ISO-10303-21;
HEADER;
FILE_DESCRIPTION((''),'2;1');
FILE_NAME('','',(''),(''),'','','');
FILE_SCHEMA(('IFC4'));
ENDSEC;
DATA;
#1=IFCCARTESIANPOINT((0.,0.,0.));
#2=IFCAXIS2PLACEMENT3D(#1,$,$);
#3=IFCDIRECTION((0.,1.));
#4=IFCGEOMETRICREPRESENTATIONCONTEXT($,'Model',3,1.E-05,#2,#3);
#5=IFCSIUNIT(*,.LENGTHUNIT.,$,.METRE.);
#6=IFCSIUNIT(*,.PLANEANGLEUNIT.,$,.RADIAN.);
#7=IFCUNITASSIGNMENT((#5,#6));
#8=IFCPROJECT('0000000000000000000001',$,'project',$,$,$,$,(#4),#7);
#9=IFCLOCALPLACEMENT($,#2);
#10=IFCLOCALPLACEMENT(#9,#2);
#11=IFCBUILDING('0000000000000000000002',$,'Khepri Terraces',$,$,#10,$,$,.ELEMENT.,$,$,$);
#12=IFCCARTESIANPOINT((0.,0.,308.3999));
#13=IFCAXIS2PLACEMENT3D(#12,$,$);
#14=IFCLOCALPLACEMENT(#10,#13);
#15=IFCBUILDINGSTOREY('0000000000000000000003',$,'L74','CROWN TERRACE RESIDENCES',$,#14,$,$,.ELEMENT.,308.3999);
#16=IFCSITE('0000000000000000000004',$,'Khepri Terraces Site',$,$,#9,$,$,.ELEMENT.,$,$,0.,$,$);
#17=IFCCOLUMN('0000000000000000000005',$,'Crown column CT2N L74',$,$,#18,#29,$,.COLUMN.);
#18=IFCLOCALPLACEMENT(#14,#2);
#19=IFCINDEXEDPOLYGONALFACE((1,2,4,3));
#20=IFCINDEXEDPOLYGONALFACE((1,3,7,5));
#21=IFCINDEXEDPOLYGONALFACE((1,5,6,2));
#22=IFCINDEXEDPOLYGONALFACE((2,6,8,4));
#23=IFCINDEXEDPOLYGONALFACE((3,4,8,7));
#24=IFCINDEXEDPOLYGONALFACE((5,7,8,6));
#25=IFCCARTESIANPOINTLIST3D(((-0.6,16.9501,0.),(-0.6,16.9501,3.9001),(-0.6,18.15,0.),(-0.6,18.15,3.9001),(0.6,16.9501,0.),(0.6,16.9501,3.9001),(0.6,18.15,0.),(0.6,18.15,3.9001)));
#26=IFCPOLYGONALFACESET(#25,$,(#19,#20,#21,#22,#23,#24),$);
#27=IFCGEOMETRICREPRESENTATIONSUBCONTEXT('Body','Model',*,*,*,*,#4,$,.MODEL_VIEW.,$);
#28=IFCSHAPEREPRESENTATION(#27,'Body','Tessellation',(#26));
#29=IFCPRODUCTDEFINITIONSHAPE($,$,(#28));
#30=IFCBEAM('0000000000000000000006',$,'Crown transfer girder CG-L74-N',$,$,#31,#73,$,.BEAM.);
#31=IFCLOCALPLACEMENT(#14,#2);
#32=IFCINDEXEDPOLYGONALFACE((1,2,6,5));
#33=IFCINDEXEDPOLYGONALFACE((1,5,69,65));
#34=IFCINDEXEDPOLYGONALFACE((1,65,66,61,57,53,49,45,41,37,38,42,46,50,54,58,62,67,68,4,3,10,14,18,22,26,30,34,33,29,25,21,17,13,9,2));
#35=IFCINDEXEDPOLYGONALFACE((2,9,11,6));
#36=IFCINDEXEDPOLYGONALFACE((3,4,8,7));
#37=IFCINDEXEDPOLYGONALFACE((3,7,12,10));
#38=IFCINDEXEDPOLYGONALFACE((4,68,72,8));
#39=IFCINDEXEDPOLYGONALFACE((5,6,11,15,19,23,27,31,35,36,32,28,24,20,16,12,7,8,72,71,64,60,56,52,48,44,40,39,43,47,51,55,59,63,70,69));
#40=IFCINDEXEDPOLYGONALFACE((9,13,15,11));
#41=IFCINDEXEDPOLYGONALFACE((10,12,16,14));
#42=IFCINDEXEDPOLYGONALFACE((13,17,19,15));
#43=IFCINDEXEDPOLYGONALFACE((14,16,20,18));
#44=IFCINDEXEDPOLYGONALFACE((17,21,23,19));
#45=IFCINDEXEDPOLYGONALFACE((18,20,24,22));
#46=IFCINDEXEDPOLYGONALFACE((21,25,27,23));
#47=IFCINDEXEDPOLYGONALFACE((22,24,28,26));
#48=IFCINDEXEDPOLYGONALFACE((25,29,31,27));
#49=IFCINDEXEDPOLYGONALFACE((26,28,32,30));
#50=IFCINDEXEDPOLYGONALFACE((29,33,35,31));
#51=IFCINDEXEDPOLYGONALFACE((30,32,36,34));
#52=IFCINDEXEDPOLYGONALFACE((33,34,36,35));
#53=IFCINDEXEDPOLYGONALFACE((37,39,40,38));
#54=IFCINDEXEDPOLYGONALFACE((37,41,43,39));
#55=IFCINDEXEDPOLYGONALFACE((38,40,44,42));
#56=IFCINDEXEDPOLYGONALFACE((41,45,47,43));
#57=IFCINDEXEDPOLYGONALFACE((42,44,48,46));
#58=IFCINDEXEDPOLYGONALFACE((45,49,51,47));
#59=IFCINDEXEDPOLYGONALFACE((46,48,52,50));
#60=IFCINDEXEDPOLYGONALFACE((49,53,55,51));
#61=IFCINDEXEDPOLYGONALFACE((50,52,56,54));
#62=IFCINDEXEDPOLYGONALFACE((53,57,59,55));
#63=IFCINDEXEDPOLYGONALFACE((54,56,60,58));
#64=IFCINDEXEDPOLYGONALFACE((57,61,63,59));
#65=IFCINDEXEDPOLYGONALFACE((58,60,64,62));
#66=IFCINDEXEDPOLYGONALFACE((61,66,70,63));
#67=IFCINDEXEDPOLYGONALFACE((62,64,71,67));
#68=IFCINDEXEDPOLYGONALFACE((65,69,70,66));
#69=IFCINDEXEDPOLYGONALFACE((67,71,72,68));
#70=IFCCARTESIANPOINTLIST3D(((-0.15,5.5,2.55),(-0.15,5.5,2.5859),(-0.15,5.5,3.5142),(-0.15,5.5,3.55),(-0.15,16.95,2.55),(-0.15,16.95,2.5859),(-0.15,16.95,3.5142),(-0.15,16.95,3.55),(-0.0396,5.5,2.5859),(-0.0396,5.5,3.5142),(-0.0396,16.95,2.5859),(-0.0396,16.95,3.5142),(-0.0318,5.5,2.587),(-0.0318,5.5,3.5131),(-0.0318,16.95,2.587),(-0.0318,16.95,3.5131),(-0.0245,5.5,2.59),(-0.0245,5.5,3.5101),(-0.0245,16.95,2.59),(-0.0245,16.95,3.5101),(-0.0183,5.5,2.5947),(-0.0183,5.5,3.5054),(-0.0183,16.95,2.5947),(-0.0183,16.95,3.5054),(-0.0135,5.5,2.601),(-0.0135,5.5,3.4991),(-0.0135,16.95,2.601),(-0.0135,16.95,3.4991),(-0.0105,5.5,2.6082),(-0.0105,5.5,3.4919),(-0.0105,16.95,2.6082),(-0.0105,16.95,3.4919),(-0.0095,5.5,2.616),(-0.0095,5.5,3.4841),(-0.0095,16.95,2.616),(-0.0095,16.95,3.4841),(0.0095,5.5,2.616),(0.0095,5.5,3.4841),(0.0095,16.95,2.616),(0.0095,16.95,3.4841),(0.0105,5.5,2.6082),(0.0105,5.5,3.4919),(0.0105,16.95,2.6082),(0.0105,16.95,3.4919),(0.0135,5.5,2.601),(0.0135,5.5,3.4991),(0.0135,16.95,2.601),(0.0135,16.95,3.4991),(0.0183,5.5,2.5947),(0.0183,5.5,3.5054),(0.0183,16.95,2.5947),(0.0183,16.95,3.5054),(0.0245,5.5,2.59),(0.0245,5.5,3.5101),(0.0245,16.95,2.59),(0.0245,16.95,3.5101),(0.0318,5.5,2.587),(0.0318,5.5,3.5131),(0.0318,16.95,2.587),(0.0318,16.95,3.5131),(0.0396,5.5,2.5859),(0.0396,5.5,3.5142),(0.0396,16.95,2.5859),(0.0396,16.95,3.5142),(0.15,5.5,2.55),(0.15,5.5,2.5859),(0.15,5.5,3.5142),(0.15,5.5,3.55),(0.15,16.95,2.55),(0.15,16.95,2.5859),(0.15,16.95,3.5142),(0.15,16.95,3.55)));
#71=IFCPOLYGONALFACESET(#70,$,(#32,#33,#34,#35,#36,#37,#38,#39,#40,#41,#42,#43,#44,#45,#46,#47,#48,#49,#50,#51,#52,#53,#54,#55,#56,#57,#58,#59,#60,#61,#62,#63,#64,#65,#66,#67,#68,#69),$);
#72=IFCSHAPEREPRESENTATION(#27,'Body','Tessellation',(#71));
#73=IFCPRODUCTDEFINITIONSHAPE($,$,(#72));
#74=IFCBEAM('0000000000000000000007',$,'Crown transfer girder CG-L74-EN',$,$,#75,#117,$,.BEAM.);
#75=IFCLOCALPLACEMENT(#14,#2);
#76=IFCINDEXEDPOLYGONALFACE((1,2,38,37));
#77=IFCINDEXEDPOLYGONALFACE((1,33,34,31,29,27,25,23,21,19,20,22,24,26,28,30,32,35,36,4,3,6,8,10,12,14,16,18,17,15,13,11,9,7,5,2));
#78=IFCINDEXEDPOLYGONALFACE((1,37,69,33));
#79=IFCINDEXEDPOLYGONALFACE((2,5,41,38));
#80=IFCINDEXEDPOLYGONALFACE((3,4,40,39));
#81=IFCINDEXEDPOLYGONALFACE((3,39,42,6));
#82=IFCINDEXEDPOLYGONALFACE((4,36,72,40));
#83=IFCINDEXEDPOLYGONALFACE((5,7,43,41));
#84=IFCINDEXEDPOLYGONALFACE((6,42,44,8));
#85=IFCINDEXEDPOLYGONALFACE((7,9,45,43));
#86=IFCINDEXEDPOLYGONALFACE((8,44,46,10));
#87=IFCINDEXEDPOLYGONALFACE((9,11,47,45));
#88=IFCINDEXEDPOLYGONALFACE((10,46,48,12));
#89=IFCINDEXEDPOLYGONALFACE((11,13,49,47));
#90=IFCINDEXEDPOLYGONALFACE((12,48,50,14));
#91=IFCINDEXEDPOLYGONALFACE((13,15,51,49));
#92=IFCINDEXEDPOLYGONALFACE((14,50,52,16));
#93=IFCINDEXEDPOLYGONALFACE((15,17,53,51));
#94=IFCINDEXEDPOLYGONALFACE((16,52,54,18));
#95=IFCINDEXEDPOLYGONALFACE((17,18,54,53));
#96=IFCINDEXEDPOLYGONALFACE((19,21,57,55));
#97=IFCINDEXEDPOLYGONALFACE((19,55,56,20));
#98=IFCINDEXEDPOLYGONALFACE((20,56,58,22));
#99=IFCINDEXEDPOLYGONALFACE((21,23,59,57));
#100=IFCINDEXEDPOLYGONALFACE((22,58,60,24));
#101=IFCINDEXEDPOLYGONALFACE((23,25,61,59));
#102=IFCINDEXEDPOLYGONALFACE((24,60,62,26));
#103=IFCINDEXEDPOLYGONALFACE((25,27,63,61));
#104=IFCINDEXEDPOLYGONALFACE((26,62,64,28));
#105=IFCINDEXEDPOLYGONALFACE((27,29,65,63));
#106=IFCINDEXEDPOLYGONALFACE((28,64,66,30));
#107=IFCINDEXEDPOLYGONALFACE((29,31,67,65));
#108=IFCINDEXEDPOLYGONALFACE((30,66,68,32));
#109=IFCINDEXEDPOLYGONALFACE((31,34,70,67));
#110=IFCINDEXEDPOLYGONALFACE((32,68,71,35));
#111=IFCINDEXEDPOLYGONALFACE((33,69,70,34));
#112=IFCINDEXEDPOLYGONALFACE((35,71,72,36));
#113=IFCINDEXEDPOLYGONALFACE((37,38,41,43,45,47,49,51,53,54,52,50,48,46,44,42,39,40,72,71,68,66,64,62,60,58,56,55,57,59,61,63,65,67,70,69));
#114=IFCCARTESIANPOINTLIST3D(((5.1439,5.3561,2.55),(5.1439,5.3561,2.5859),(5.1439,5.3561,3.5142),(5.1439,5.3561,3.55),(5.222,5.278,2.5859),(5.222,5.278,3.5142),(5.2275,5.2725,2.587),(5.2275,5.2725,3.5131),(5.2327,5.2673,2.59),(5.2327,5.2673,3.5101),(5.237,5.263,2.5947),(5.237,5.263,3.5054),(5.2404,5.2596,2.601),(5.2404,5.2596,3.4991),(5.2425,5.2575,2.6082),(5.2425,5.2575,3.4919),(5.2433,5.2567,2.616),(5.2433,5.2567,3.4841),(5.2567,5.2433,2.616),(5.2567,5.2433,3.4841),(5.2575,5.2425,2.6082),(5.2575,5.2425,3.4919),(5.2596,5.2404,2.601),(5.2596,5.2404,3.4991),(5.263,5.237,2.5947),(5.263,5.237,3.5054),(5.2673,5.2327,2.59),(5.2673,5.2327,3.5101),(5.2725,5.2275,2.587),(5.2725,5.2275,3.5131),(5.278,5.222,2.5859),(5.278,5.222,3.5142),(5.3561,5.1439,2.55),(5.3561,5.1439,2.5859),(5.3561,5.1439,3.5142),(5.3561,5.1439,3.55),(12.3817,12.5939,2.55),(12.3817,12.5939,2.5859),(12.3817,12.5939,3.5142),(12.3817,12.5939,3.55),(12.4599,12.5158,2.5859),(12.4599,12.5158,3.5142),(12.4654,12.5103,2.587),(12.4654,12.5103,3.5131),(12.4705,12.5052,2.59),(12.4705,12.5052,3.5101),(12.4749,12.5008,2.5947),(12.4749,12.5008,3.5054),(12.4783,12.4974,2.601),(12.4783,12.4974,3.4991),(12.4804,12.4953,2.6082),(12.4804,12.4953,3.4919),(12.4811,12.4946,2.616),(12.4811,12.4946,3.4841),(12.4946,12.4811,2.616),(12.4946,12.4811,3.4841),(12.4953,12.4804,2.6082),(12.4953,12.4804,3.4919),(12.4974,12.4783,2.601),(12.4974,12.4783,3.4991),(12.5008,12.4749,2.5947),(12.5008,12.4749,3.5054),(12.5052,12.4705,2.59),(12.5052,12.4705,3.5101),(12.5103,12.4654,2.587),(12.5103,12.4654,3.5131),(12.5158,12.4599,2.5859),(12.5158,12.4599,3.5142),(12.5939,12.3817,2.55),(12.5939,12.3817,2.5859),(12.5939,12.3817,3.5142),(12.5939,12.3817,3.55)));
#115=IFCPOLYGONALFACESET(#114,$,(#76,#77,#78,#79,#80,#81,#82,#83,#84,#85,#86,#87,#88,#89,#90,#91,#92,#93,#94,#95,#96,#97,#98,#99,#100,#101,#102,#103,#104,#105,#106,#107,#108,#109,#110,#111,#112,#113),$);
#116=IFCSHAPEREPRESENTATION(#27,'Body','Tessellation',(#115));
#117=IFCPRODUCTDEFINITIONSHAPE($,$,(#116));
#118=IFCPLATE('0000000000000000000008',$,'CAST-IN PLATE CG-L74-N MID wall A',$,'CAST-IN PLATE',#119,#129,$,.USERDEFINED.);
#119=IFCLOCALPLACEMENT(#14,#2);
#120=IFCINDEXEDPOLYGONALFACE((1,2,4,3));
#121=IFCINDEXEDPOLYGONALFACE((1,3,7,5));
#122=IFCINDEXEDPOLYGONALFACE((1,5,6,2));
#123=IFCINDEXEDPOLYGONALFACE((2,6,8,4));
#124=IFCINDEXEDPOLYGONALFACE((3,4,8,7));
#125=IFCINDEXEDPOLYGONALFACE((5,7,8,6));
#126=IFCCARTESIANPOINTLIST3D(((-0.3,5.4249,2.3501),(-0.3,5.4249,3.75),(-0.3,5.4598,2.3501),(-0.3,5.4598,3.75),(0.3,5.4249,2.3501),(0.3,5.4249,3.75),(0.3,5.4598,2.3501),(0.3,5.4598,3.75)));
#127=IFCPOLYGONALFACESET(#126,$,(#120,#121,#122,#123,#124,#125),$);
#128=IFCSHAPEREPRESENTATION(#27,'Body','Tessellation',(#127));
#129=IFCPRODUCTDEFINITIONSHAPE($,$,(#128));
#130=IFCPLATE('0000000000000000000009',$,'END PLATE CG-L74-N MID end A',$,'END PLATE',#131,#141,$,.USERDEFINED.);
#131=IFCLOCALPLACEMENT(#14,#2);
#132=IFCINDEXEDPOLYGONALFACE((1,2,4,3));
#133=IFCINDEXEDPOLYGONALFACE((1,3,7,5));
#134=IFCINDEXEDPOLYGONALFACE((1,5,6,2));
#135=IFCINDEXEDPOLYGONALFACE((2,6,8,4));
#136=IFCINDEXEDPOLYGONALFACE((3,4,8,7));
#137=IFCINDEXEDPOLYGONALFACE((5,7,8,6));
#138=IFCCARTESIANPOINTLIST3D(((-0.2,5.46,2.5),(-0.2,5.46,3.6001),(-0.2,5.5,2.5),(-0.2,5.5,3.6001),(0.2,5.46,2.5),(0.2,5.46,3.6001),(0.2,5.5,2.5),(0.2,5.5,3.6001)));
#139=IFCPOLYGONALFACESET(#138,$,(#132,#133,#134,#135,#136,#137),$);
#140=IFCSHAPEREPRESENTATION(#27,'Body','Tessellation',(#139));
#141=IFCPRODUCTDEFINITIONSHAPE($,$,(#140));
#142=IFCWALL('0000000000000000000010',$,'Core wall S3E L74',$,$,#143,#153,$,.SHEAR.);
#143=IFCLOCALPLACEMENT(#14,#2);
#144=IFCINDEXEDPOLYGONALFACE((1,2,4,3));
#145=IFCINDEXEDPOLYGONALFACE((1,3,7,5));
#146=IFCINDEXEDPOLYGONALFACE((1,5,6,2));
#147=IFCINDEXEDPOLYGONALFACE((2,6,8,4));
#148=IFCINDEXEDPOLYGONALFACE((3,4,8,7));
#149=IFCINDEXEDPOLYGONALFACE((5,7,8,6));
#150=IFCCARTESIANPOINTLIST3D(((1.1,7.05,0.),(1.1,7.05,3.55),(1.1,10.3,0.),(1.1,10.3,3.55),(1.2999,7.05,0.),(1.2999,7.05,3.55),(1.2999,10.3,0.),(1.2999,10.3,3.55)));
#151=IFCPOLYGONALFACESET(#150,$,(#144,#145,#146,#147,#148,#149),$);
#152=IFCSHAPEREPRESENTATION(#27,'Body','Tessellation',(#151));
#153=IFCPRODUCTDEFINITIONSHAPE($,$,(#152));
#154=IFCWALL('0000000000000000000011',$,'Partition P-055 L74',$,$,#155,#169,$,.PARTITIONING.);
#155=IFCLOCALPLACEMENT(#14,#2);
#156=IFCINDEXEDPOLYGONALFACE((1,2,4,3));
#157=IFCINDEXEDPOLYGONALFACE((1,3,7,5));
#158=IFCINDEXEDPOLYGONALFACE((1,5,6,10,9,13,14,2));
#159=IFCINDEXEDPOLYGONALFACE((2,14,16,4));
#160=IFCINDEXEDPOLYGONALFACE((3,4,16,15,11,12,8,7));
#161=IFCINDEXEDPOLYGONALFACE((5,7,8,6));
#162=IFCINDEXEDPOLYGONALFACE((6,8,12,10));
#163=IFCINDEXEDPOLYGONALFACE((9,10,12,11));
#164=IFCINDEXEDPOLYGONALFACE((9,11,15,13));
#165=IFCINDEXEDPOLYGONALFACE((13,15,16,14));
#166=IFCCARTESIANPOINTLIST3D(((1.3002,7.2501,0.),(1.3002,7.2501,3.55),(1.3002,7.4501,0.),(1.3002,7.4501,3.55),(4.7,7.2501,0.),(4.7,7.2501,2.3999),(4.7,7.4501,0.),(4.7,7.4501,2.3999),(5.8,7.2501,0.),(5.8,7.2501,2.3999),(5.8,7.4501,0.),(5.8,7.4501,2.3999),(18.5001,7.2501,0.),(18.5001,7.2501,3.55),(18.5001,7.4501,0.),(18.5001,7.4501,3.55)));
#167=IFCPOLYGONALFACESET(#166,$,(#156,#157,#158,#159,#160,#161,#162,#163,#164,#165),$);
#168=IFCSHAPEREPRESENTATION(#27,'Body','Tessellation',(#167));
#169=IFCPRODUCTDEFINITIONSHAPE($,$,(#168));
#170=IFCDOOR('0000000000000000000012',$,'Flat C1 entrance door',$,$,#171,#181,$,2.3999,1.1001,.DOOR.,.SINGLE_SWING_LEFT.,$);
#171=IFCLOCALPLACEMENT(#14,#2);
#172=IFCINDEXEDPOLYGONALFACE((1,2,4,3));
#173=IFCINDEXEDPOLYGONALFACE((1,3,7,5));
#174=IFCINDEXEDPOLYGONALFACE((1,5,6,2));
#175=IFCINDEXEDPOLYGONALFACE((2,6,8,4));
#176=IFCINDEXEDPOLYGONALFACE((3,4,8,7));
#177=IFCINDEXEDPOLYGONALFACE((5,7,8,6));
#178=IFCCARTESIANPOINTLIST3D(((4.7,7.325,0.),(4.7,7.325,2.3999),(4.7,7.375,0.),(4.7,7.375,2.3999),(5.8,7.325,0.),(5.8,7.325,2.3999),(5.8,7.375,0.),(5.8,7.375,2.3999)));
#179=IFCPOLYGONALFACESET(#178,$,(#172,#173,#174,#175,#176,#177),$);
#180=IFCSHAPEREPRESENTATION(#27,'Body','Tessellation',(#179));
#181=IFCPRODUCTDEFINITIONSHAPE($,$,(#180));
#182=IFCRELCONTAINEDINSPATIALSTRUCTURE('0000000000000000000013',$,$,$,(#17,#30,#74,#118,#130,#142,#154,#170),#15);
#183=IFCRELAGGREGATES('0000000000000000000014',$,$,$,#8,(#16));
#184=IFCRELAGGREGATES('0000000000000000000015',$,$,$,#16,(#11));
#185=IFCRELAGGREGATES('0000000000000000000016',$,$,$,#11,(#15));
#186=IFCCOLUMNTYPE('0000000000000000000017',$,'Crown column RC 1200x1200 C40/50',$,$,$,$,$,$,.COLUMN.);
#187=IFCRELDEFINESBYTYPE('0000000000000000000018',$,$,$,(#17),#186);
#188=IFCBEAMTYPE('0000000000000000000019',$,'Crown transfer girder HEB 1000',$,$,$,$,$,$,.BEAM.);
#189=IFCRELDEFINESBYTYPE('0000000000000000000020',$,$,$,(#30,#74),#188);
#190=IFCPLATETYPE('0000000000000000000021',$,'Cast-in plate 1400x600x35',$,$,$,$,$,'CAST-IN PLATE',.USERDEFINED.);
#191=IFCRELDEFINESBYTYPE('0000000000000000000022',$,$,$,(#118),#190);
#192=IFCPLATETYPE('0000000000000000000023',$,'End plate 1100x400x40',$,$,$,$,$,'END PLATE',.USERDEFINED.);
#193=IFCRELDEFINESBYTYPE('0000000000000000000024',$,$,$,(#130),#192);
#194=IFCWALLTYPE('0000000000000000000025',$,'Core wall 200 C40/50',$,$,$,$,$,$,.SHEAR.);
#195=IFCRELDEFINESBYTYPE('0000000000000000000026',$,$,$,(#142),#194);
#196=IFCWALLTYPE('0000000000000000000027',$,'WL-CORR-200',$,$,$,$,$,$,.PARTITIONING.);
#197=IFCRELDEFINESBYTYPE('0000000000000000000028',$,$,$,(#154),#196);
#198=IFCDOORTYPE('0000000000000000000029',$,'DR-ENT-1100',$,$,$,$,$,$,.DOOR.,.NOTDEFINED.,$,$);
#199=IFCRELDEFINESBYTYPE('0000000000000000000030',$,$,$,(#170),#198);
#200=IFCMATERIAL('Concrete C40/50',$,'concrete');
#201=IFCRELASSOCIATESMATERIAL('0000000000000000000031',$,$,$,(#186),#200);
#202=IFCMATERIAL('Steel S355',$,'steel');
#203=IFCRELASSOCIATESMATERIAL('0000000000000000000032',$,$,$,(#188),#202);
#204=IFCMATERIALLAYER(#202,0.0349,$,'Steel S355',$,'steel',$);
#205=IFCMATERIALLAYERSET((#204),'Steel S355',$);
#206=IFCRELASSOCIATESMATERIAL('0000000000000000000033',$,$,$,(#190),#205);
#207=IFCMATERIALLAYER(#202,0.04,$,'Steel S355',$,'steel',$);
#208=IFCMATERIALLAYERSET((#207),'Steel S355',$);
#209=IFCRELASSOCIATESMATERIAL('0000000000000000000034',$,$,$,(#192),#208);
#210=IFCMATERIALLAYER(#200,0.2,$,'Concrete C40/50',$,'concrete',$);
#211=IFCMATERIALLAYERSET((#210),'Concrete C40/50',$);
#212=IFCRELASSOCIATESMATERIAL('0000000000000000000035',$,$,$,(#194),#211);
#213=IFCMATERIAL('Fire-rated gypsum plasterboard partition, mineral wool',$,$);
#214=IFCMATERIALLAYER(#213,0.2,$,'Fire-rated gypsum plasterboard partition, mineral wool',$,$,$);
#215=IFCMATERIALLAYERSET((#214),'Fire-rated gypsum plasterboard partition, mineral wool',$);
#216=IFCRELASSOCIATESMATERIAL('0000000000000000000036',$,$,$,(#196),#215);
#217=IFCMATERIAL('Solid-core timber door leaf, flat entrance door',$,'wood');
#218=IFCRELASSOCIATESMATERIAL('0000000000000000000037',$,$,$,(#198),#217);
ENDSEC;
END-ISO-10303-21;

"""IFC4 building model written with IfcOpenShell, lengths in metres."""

from ifc_helpers import new_model, si_unit, direction, frame, frame_2d, origin, origin_2d, place, context, subcontext, project, spatial, rectangle, i_section, extrude, material, layer, layer_set, material_profile, profile_set, type_object, element, fill, save


model = new_model("IFC4")

# Units and contexts
model_context = context("Model", 3, precision=1e-05, world=origin(), true_north=direction((0.0, 1.0)))
body_context = subcontext(model_context, "Body", "Model", "MODEL_VIEW")
ifc_project = project(units=[si_unit("LENGTHUNIT", "METRE"), si_unit("PLANEANGLEUNIT", "RADIAN")], contexts=[model_context])

# Site, building, storey
site_placement = place(None, origin())
site = spatial("IfcSite", under=ifc_project, at=site_placement, Name="Khepri Terraces Site", CompositionType="ELEMENT", RefElevation=0.0)
building_placement = place(site_placement, origin())
building = spatial("IfcBuilding", under=site, at=building_placement, Name="Khepri Terraces", CompositionType="ELEMENT")
storey_placement = place(building_placement, frame((0.0, 0.0, 308.3999)))
storey = spatial("IfcBuildingStorey", under=building, at=storey_placement, Name="L74", Description="CROWN TERRACE RESIDENCES", CompositionType="ELEMENT", Elevation=308.3999)

# Column
ifc_material_1 = material(Name="Concrete C40/50", Category="concrete")
ifc_material_profile_1 = material_profile(ifc_material_1, rectangle(XDim=1.2, YDim=1.2, at=origin_2d()), Name="Concrete C40/50", Category="concrete")
ifc_profile_set_1 = profile_set([ifc_material_profile_1], Name="Concrete C40/50")
column_type = type_object("IfcColumnType", Name="Crown column RC 1200x1200 C40/50", PredefinedType="COLUMN", material=ifc_profile_set_1)
column_placement = place(storey_placement, frame((0.0, 17.55, 0.0), z_axis=(0.0, 0.0, 1.0), x_axis=(1.0, 0.0, 0.0)))
element("IfcColumn", 1, at=column_placement, inside=storey, type_object=column_type, Name="Crown column CT2N L74", PredefinedType="COLUMN", context=body_context, shape_type="SweptSolid", body=[
    extrude(rectangle(XDim=1.2, YDim=1.2, at=origin_2d()), origin(), (0.0, 0.0, 1.0), 3.9001),
])

# Beams
ifc_material_2 = material(Name="Steel S355", Category="steel")
ifc_material_profile_2 = material_profile(ifc_material_2, i_section(OverallWidth=0.3, OverallDepth=1.0, WebThickness=0.019, FlangeThickness=0.0359, FilletRadius=0.03, at=origin_2d()), Name="Steel S355", Category="steel")
ifc_profile_set_2 = profile_set([ifc_material_profile_2], Name="Steel S355")
beam_type = type_object("IfcBeamType", Name="Crown transfer girder HEB 1000", PredefinedType="BEAM", material=ifc_profile_set_2)
beam_1_placement = place(storey_placement, frame((0.0, 5.5, 3.05), z_axis=(0.0, 1.0, 0.0), x_axis=(-1.0, 0.0, 0.0)))
element("IfcBeam", 2, at=beam_1_placement, inside=storey, type_object=beam_type, Name="Crown transfer girder CG-L74-N", PredefinedType="BEAM", context=body_context, shape_type="SweptSolid", body=[
    extrude(i_section(OverallWidth=0.3, OverallDepth=1.0, WebThickness=0.019, FlangeThickness=0.0359, FilletRadius=0.03, at=origin_2d()), origin(), (0.0, 0.0, 1.0), 11.45),
])
beam_2_placement = place(storey_placement, frame((5.25, 5.25, 3.05), z_axis=(0.707107, 0.707107, 0.0), x_axis=(-0.707107, 0.707107, 0.0)))
element("IfcBeam", 3, at=beam_2_placement, inside=storey, type_object=beam_type, Name="Crown transfer girder CG-L74-EN", PredefinedType="BEAM", context=body_context, shape_type="SweptSolid", body=[
    extrude(i_section(OverallWidth=0.3, OverallDepth=1.0, WebThickness=0.019, FlangeThickness=0.0359, FilletRadius=0.03, at=origin_2d()), origin(), (0.0, 0.0, 1.0), 10.2358),
])

# Plates
ifc_layer_1 = layer(ifc_material_2, 0.0349, Name="Steel S355", Category="steel")
ifc_layer_set_1 = layer_set([ifc_layer_1], Name="Steel S355")
plate_type_1 = type_object("IfcPlateType", Name="Cast-in plate 1400x600x35", ElementType="CAST-IN PLATE", PredefinedType="USERDEFINED", material=ifc_layer_set_1)
plate_1_placement = place(storey_placement, frame((0.0, 5.4424, 2.3501), z_axis=(0.0, 0.0, 1.0), x_axis=(0.0, 1.0, 0.0)))
element("IfcPlate", 4, at=plate_1_placement, inside=storey, type_object=plate_type_1, Name="CAST-IN PLATE CG-L74-N MID wall A", ObjectType="CAST-IN PLATE", PredefinedType="USERDEFINED", context=body_context, shape_type="SweptSolid", body=[
    extrude(rectangle(XDim=0.0349, YDim=0.6001, at=origin_2d()), origin(), (0.0, 0.0, 1.0), 1.3999),
])
ifc_layer_2 = layer(ifc_material_2, 0.04, Name="Steel S355", Category="steel")
ifc_layer_set_2 = layer_set([ifc_layer_2], Name="Steel S355")
plate_type_2 = type_object("IfcPlateType", Name="End plate 1100x400x40", ElementType="END PLATE", PredefinedType="USERDEFINED", material=ifc_layer_set_2)
plate_2_placement = place(storey_placement, frame((0.0, 5.48, 2.5), z_axis=(0.0, 0.0, 1.0), x_axis=(0.0, 1.0, 0.0)))
element("IfcPlate", 5, at=plate_2_placement, inside=storey, type_object=plate_type_2, Name="END PLATE CG-L74-N MID end A", ObjectType="END PLATE", PredefinedType="USERDEFINED", context=body_context, shape_type="SweptSolid", body=[
    extrude(rectangle(XDim=0.04, YDim=0.3999, at=origin_2d()), origin(), (0.0, 0.0, 1.0), 1.1001),
])

# Wall
ifc_layer_3 = layer(ifc_material_1, 0.2, Name="Concrete C40/50", Category="concrete")
ifc_layer_set_3 = layer_set([ifc_layer_3], Name="Concrete C40/50")
wall_type_1 = type_object("IfcWallType", Name="Core wall 200 C40/50", PredefinedType="SHEAR", material=ifc_layer_set_3)
wall_1_placement = place(storey_placement, frame((1.2, 7.05, 0.0), z_axis=(0.0, 0.0, 1.0), x_axis=(0.0, 1.0, 0.0)))
element("IfcWall", 6, at=wall_1_placement, inside=storey, type_object=wall_type_1, Name="Core wall S3E L74", PredefinedType="SHEAR", context=body_context, shape_type="SweptSolid", body=[
    extrude(rectangle(XDim=3.25, YDim=0.2, at=frame_2d((1.625, 0.0))), origin(), (0.0, 0.0, 1.0), 3.55),
])

# Wall, opening, door
ifc_material_3 = material(Name="Fire-rated gypsum plasterboard partition, mineral wool")
ifc_layer_4 = layer(ifc_material_3, 0.2, Name="Fire-rated gypsum plasterboard partition, mineral wool")
ifc_layer_set_4 = layer_set([ifc_layer_4], Name="Fire-rated gypsum plasterboard partition, mineral wool")
wall_type_2 = type_object("IfcWallType", Name="WL-CORR-200", PredefinedType="PARTITIONING", material=ifc_layer_set_4)
wall_2_placement = place(storey_placement, frame((1.3, 7.3501, 0.0), z_axis=(0.0, 0.0, 1.0), x_axis=(1.0, 0.0, 0.0)))
wall_2 = element("IfcWall", 7, at=wall_2_placement, inside=storey, type_object=wall_type_2, Name="Partition P-055 L74", PredefinedType="PARTITIONING", context=body_context, shape_type="SweptSolid", body=[
    extrude(rectangle(XDim=17.2, YDim=0.2, at=frame_2d((8.6001, 0.0))), origin(), (0.0, 0.0, 1.0), 3.55),
])
opening_1_placement = place(wall_2_placement, frame((3.3999, 0.0, 0.0)))
opening_1 = element("IfcOpeningElement", 8, at=opening_1_placement, cuts=wall_2, PredefinedType="OPENING", context=body_context, shape_type="SweptSolid", body=[
    extrude(rectangle(XDim=1.1001, YDim=2.3999, at=frame_2d((0.55, 1.2))), frame((0.0, 0.1099, 0.0), z_axis=(0.0, -1.0, 0.0), x_axis=(1.0, 0.0, 0.0)), (0.0, 0.0, 1.0), 0.22),
])
ifc_material_4 = material(Name="Solid-core timber door leaf, flat entrance door", Category="wood")
door_type_1 = type_object("IfcDoorType", Name="DR-ENT-1100", OperationType="NOTDEFINED", PredefinedType="DOOR", material=ifc_material_4)
door_1_placement = place(opening_1_placement, origin())
door_1 = element("IfcDoor", 9, at=door_1_placement, inside=storey, type_object=door_type_1, Name="Flat C1 entrance door", OperationType="SINGLE_SWING_LEFT", OverallHeight=2.3999, OverallWidth=1.1001, PredefinedType="DOOR", context=body_context, shape_type="SweptSolid", body=[
    extrude(rectangle(XDim=1.1001, YDim=2.3999, at=frame_2d((0.55, 1.2))), frame((0.0, 0.0249, 0.0), z_axis=(0.0, -1.0, 0.0), x_axis=(1.0, 0.0, 0.0)), (0.0, 0.0, 1.0), 0.05),
])
fill(opening_1, door_1)

save(model, "model.ifc")
